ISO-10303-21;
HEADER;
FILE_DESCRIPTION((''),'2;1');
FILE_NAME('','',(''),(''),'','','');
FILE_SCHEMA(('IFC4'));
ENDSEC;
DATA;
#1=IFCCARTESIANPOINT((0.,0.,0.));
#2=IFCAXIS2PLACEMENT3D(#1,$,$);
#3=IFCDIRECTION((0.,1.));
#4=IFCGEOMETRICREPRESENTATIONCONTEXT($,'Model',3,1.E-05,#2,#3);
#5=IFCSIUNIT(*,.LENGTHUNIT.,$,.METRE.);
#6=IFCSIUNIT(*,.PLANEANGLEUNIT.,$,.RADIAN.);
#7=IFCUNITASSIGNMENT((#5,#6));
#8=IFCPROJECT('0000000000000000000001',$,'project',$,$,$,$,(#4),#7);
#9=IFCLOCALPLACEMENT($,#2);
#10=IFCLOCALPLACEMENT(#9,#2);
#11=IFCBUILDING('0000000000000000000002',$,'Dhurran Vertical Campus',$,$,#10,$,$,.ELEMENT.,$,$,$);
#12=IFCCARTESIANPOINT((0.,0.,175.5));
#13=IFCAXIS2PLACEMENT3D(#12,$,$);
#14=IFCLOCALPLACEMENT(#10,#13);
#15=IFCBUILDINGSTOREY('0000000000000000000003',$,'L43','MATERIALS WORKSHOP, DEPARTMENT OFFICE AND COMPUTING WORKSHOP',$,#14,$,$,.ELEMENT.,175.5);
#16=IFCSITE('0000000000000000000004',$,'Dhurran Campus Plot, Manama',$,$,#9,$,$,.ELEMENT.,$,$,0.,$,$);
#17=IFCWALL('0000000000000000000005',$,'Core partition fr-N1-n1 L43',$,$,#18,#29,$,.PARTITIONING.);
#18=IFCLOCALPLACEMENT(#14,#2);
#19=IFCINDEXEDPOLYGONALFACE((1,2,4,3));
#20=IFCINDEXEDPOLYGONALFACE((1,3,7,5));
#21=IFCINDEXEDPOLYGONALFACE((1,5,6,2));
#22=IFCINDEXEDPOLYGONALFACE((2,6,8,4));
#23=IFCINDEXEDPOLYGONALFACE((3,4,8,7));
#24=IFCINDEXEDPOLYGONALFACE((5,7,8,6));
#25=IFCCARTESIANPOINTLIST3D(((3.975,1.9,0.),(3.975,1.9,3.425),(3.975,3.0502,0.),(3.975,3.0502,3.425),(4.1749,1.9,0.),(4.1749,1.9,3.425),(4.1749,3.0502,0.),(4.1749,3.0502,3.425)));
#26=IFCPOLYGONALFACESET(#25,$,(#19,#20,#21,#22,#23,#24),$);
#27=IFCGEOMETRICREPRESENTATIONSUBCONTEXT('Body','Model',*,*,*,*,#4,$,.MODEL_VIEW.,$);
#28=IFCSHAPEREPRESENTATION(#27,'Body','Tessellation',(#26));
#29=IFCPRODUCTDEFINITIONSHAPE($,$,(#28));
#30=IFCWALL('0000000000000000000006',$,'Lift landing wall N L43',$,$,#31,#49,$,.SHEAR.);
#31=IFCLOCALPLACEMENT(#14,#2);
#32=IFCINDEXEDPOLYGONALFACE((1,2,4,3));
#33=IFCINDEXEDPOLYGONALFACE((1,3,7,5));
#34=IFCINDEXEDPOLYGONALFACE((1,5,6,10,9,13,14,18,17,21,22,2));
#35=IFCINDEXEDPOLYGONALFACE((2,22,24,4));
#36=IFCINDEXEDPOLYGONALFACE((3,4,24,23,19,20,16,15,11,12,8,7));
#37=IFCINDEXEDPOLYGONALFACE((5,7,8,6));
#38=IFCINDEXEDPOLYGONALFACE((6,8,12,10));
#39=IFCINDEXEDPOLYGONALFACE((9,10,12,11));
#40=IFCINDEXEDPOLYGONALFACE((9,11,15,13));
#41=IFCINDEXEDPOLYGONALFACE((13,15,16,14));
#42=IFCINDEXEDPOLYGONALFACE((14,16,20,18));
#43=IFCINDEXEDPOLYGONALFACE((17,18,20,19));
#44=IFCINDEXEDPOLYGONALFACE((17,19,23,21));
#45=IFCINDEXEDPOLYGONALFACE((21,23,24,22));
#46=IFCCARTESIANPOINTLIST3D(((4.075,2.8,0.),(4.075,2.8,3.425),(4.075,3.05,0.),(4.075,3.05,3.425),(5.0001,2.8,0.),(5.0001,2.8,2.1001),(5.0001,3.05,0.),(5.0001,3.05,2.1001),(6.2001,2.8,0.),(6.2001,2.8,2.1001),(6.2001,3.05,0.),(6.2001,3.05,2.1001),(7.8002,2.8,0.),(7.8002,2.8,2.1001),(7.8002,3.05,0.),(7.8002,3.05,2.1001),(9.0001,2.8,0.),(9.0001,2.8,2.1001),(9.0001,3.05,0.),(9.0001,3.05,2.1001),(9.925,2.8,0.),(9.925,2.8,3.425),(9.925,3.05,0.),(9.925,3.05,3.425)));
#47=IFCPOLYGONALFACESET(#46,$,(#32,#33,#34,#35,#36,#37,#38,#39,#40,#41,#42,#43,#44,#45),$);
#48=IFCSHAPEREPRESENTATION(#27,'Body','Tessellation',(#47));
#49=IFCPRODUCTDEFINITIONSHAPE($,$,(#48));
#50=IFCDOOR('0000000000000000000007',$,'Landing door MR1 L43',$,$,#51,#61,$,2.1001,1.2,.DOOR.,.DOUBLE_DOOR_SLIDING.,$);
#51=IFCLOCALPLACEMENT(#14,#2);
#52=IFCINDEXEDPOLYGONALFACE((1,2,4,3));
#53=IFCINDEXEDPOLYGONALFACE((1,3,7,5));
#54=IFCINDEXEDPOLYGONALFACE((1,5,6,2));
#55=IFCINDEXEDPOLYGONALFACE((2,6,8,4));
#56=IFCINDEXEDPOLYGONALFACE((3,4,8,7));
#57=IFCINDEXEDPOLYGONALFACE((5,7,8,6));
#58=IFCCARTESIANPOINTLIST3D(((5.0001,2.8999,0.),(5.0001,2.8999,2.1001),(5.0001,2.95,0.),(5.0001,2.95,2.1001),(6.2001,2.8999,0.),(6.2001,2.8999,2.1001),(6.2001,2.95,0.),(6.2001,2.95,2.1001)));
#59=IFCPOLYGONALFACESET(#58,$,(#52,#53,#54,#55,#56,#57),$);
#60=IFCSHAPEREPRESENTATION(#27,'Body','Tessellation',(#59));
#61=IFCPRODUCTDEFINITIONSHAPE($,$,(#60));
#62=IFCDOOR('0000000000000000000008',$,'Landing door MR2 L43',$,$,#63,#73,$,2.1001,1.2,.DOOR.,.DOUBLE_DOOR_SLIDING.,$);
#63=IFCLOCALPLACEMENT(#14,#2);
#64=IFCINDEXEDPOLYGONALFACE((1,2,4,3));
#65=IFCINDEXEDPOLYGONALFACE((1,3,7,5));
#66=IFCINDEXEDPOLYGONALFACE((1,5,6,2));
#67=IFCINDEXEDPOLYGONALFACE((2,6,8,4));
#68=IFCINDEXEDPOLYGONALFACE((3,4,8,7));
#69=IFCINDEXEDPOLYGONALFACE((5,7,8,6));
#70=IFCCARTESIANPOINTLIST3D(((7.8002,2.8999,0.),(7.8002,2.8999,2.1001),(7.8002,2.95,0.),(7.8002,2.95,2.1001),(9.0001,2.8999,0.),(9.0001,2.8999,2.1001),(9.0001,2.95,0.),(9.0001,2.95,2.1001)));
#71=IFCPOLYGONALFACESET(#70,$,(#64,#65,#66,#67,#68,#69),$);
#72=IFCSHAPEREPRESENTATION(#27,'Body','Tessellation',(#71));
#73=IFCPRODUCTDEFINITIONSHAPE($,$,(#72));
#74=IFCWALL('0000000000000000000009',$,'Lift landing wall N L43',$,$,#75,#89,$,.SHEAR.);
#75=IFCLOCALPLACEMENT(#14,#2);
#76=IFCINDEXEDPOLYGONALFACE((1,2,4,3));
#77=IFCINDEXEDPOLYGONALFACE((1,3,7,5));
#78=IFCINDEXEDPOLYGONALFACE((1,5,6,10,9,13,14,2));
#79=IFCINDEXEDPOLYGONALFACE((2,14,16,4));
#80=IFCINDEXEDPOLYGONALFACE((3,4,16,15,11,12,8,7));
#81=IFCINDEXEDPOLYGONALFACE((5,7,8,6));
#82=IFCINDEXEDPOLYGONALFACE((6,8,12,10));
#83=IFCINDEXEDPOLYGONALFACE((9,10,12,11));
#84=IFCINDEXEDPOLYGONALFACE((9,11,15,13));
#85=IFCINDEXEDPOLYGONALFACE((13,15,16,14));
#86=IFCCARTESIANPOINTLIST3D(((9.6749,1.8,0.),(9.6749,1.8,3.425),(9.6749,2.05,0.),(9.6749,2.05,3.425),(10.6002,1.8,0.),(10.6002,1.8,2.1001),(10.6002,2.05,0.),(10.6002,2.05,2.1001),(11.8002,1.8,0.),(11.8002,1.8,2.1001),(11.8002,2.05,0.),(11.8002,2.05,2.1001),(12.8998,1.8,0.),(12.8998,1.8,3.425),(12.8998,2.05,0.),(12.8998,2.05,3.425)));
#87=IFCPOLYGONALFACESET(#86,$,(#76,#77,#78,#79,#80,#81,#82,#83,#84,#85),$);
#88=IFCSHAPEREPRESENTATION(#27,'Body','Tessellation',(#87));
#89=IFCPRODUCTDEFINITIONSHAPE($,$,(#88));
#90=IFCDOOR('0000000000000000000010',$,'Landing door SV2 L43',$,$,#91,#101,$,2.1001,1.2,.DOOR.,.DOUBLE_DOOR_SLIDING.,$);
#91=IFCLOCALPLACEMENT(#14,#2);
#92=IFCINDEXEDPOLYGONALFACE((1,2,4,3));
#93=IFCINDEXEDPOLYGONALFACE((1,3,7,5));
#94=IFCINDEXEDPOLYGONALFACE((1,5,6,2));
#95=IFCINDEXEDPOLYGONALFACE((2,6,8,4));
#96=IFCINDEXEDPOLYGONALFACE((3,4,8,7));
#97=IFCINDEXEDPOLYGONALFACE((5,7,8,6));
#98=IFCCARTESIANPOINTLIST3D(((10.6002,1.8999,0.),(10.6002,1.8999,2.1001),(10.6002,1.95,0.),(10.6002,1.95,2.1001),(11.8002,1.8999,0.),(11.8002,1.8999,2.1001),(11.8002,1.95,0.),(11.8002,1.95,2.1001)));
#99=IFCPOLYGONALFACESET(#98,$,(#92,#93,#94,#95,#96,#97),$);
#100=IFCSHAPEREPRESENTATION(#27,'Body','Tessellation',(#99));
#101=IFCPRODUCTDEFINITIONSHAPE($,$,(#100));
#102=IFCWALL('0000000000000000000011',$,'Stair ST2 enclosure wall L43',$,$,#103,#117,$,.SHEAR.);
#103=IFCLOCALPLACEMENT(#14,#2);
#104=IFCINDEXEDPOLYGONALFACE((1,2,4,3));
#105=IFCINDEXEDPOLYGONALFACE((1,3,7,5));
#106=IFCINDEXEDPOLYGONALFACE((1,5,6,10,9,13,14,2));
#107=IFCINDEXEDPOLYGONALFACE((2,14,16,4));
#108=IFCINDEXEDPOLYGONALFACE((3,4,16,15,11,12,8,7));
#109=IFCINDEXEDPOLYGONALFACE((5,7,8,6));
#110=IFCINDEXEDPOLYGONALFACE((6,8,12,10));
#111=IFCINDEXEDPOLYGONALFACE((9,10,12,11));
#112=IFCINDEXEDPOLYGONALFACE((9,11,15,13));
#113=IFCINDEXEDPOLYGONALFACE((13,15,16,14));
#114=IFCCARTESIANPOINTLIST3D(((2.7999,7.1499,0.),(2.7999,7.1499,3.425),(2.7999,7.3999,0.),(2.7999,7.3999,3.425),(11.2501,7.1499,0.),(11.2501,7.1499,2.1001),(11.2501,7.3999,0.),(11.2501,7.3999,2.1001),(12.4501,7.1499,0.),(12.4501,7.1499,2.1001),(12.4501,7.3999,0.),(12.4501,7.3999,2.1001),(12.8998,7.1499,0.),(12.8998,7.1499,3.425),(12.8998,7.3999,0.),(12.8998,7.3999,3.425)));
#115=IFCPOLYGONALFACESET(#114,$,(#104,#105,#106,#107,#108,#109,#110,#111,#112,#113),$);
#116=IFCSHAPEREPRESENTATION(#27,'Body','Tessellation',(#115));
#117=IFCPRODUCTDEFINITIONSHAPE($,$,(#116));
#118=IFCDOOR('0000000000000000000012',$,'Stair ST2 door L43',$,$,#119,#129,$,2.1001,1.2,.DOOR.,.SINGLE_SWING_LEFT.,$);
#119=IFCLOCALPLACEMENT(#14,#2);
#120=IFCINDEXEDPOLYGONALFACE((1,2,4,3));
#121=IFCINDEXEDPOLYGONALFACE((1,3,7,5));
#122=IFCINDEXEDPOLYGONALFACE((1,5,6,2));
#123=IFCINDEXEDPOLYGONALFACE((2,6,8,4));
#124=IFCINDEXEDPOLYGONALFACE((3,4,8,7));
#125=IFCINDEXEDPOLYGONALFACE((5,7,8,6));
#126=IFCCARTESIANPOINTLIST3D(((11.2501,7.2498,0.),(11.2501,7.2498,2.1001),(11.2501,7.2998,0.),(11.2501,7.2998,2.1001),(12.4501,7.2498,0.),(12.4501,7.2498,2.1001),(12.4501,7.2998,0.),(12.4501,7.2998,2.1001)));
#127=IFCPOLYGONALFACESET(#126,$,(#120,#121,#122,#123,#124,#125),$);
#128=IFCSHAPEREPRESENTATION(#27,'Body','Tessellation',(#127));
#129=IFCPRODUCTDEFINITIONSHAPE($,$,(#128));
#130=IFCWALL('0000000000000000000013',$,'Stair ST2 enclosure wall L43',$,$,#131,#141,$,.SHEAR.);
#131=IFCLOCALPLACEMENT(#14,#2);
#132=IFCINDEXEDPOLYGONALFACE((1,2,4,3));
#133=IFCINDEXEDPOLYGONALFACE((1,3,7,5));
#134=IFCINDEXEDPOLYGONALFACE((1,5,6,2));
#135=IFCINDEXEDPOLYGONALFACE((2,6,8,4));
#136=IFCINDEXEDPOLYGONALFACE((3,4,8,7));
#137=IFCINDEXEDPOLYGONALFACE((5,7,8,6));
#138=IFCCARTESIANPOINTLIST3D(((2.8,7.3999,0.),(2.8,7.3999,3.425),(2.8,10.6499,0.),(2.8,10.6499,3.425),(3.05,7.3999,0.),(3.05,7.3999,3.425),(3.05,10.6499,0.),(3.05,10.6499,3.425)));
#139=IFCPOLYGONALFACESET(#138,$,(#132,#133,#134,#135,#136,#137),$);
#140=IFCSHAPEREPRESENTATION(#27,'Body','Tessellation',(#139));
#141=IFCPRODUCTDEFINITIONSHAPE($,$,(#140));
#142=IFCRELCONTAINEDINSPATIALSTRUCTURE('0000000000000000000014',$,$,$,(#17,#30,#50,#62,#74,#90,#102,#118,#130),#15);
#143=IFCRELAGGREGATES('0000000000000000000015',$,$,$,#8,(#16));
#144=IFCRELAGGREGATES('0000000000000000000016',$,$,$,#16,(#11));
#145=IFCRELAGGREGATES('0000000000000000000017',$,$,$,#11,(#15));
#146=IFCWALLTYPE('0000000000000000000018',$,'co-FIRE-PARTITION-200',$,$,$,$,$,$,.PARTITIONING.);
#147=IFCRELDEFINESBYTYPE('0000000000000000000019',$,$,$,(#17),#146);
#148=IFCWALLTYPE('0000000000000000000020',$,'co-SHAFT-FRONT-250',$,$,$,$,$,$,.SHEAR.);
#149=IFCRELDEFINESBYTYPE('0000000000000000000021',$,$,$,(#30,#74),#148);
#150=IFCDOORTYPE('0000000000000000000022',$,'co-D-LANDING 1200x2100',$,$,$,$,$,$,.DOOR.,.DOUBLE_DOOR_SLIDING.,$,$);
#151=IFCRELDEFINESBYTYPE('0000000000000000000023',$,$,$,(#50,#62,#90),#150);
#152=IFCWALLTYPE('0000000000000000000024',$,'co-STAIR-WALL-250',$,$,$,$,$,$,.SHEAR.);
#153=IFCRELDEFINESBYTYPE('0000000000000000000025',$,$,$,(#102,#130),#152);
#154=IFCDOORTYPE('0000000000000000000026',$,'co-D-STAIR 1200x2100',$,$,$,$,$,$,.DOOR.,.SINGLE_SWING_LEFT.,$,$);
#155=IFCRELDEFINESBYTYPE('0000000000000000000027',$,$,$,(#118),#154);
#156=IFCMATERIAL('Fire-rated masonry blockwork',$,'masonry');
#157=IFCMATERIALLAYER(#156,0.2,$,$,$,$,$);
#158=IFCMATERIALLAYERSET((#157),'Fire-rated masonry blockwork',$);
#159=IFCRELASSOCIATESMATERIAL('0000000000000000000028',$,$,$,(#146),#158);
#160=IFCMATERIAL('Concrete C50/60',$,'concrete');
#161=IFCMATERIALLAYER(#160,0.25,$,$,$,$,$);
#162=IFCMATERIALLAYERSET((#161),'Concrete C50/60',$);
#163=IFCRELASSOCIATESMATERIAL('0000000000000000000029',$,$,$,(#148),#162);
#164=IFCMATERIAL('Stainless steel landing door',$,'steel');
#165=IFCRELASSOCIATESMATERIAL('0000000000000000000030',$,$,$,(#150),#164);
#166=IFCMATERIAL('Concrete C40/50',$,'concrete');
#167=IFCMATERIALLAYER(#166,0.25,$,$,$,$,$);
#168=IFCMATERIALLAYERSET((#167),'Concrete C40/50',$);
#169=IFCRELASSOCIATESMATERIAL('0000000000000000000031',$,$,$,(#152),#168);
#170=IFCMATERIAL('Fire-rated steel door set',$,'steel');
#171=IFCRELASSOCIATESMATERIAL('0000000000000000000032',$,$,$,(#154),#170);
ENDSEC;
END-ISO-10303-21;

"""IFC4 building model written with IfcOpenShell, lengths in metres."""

from ifc_helpers import new_model, si_unit, direction, frame, frame_2d, origin, place, context, subcontext, project, spatial, rectangle, extrude, material, layer, layer_set, type_object, element, fill, save


model = new_model("IFC4")

# Units and contexts
model_context = context("Model", 3, precision=1e-05, world=origin(), true_north=direction((0.0, 1.0)))
body_context = subcontext(model_context, "Body", "Model", "MODEL_VIEW")
ifc_project = project(units=[si_unit("LENGTHUNIT", "METRE"), si_unit("PLANEANGLEUNIT", "RADIAN")], contexts=[model_context])

# Site, building, storey
site_placement = place(None, origin())
site = spatial("IfcSite", under=ifc_project, at=site_placement, Name="Dhurran Campus Plot, Manama", CompositionType="ELEMENT", RefElevation=0.0)
building_placement = place(site_placement, origin())
building = spatial("IfcBuilding", under=site, at=building_placement, Name="Dhurran Vertical Campus", CompositionType="ELEMENT")
storey_placement = place(building_placement, frame((0.0, 0.0, 175.5)))
storey = spatial("IfcBuildingStorey", under=building, at=storey_placement, Name="L43", Description="MATERIALS WORKSHOP, DEPARTMENT OFFICE AND COMPUTING WORKSHOP", CompositionType="ELEMENT", Elevation=175.5)

# Shared definitions
ifc_material_1 = material(Name="Fire-rated masonry blockwork", Category="masonry")
ifc_layer_1 = layer(ifc_material_1, 0.2)
ifc_layer_set_1 = layer_set([ifc_layer_1], Name="Fire-rated masonry blockwork")
wall_type_1 = type_object("IfcWallType", Name="co-FIRE-PARTITION-200", PredefinedType="PARTITIONING", material=ifc_layer_set_1)

# Wall
wall_1_placement = place(storey_placement, frame((4.075, 1.8999, 0.0), z_axis=(0.0, 0.0, 1.0), x_axis=(0.0, 1.0, 0.0)))
element("IfcWall", 1, at=wall_1_placement, inside=storey, type_object=wall_type_1, Name="Core partition fr-N1-n1 L43", PredefinedType="PARTITIONING", context=body_context, shape_type="SweptSolid", body=[
    extrude(rectangle(XDim=1.1501, YDim=0.2, at=frame_2d((0.5752, 0.0))), origin(), (0.0, 0.0, 1.0), 3.425),
])

# Wall, openings, doors
ifc_material_2 = material(Name="Concrete C50/60", Category="concrete")
ifc_layer_2 = layer(ifc_material_2, 0.25)
ifc_layer_set_2 = layer_set([ifc_layer_2], Name="Concrete C50/60")
wall_type_2 = type_object("IfcWallType", Name="co-SHAFT-FRONT-250", PredefinedType="SHEAR", material=ifc_layer_set_2)
wall_2_placement = place(storey_placement, frame((4.075, 2.925, 0.0), z_axis=(0.0, 0.0, 1.0), x_axis=(1.0, 0.0, 0.0)))
wall_2 = element("IfcWall", 2, at=wall_2_placement, inside=storey, type_object=wall_type_2, Name="Lift landing wall N L43", PredefinedType="SHEAR", context=body_context, shape_type="SweptSolid", body=[
    extrude(rectangle(XDim=5.8501, YDim=0.25, at=frame_2d((2.925, 0.0))), origin(), (0.0, 0.0, 1.0), 3.425),
])
opening_1_placement = place(wall_2_placement, frame((0.925, 0.0, 0.0)))
opening_1 = element("IfcOpeningElement", 3, at=opening_1_placement, cuts=wall_2, PredefinedType="OPENING", context=body_context, shape_type="SweptSolid", body=[
    extrude(rectangle(XDim=1.2, YDim=2.1001, at=frame_2d((0.6001, 1.05))), frame((0.0, 0.135, 0.0), z_axis=(0.0, -1.0, 0.0), x_axis=(1.0, 0.0, 0.0)), (0.0, 0.0, 1.0), 0.27),
])
opening_2_placement = place(wall_2_placement, frame((3.7251, 0.0, 0.0)))
opening_2 = element("IfcOpeningElement", 4, at=opening_2_placement, cuts=wall_2, PredefinedType="OPENING", context=body_context, shape_type="SweptSolid", body=[
    extrude(rectangle(XDim=1.2, YDim=2.1001, at=frame_2d((0.6001, 1.05))), frame((0.0, 0.135, 0.0), z_axis=(0.0, -1.0, 0.0), x_axis=(1.0, 0.0, 0.0)), (0.0, 0.0, 1.0), 0.27),
])
ifc_material_3 = material(Name="Stainless steel landing door", Category="steel")
door_type_1 = type_object("IfcDoorType", Name="co-D-LANDING 1200x2100", OperationType="DOUBLE_DOOR_SLIDING", PredefinedType="DOOR", material=ifc_material_3)
door_1_placement = place(opening_1_placement, origin())
door_1 = element("IfcDoor", 5, at=door_1_placement, inside=storey, type_object=door_type_1, Name="Landing door MR1 L43", OperationType="DOUBLE_DOOR_SLIDING", OverallHeight=2.1001, OverallWidth=1.2, PredefinedType="DOOR", context=body_context, shape_type="SweptSolid", body=[
    extrude(rectangle(XDim=1.2, YDim=2.1001, at=frame_2d((0.6001, 1.05))), frame((0.0, 0.0249, 0.0), z_axis=(0.0, -1.0, 0.0), x_axis=(1.0, 0.0, 0.0)), (0.0, 0.0, 1.0), 0.05),
])
fill(opening_1, door_1)
door_2_placement = place(opening_2_placement, origin())
door_2 = element("IfcDoor", 6, at=door_2_placement, inside=storey, type_object=door_type_1, Name="Landing door MR2 L43", OperationType="DOUBLE_DOOR_SLIDING", OverallHeight=2.1001, OverallWidth=1.2, PredefinedType="DOOR", context=body_context, shape_type="SweptSolid", body=[
    extrude(rectangle(XDim=1.2, YDim=2.1001, at=frame_2d((0.6001, 1.05))), frame((0.0, 0.0249, 0.0), z_axis=(0.0, -1.0, 0.0), x_axis=(1.0, 0.0, 0.0)), (0.0, 0.0, 1.0), 0.05),
])
fill(opening_2, door_2)

# Walls, openings, doors
wall_3_placement = place(storey_placement, frame((9.675, 1.925, 0.0), z_axis=(0.0, 0.0, 1.0), x_axis=(1.0, 0.0, 0.0)))
wall_3 = element("IfcWall", 7, at=wall_3_placement, inside=storey, type_object=wall_type_2, Name="Lift landing wall N L43", PredefinedType="SHEAR", context=body_context, shape_type="SweptSolid", body=[
    extrude(rectangle(XDim=3.2249, YDim=0.25, at=frame_2d((1.6123, 0.0))), origin(), (0.0, 0.0, 1.0), 3.425),
])
opening_3_placement = place(wall_3_placement, frame((0.925, 0.0, 0.0)))
opening_3 = element("IfcOpeningElement", 8, at=opening_3_placement, cuts=wall_3, PredefinedType="OPENING", context=body_context, shape_type="SweptSolid", body=[
    extrude(rectangle(XDim=1.2, YDim=2.1001, at=frame_2d((0.6001, 1.05))), frame((0.0, 0.135, 0.0), z_axis=(0.0, -1.0, 0.0), x_axis=(1.0, 0.0, 0.0)), (0.0, 0.0, 1.0), 0.27),
])
door_3_placement = place(opening_3_placement, origin())
door_3 = element("IfcDoor", 9, at=door_3_placement, inside=storey, type_object=door_type_1, Name="Landing door SV2 L43", OperationType="DOUBLE_DOOR_SLIDING", OverallHeight=2.1001, OverallWidth=1.2, PredefinedType="DOOR", context=body_context, shape_type="SweptSolid", body=[
    extrude(rectangle(XDim=1.2, YDim=2.1001, at=frame_2d((0.6001, 1.05))), frame((0.0, 0.0249, 0.0), z_axis=(0.0, -1.0, 0.0), x_axis=(1.0, 0.0, 0.0)), (0.0, 0.0, 1.0), 0.05),
])
fill(opening_3, door_3)
ifc_material_4 = material(Name="Concrete C40/50", Category="concrete")
ifc_layer_3 = layer(ifc_material_4, 0.25)
ifc_layer_set_3 = layer_set([ifc_layer_3], Name="Concrete C40/50")
wall_type_3 = type_object("IfcWallType", Name="co-STAIR-WALL-250", PredefinedType="SHEAR", material=ifc_layer_set_3)
wall_4_placement = place(storey_placement, frame((2.8, 7.2749, 0.0), z_axis=(0.0, 0.0, 1.0), x_axis=(1.0, 0.0, 0.0)))
wall_4 = element("IfcWall", 10, at=wall_4_placement, inside=storey, type_object=wall_type_3, Name="Stair ST2 enclosure wall L43", PredefinedType="SHEAR", context=body_context, shape_type="SweptSolid", body=[
    extrude(rectangle(XDim=10.0999, YDim=0.25, at=frame_2d((5.0498, 0.0))), origin(), (0.0, 0.0, 1.0), 3.425),
])
opening_4_placement = place(wall_4_placement, frame((8.45, 0.0, 0.0)))
opening_4 = element("IfcOpeningElement", 11, at=opening_4_placement, cuts=wall_4, PredefinedType="OPENING", context=body_context, shape_type="SweptSolid", body=[
    extrude(rectangle(XDim=1.2, YDim=2.1001, at=frame_2d((0.6001, 1.05))), frame((0.0, 0.135, 0.0), z_axis=(0.0, -1.0, 0.0), x_axis=(1.0, 0.0, 0.0)), (0.0, 0.0, 1.0), 0.27),
])
ifc_material_5 = material(Name="Fire-rated steel door set", Category="steel")
door_type_2 = type_object("IfcDoorType", Name="co-D-STAIR 1200x2100", OperationType="SINGLE_SWING_LEFT", PredefinedType="DOOR", material=ifc_material_5)
door_4_placement = place(opening_4_placement, origin())
door_4 = element("IfcDoor", 12, at=door_4_placement, inside=storey, type_object=door_type_2, Name="Stair ST2 door L43", OperationType="SINGLE_SWING_LEFT", OverallHeight=2.1001, OverallWidth=1.2, PredefinedType="DOOR", context=body_context, shape_type="SweptSolid", body=[
    extrude(rectangle(XDim=1.2, YDim=2.1001, at=frame_2d((0.6001, 1.05))), frame((0.0, 0.0249, 0.0), z_axis=(0.0, -1.0, 0.0), x_axis=(1.0, 0.0, 0.0)), (0.0, 0.0, 1.0), 0.05),
])
fill(opening_4, door_4)

# Wall
wall_5_placement = place(storey_placement, frame((2.925, 7.3999, 0.0), z_axis=(0.0, 0.0, 1.0), x_axis=(0.0, 1.0, 0.0)))
element("IfcWall", 13, at=wall_5_placement, inside=storey, type_object=wall_type_3, Name="Stair ST2 enclosure wall L43", PredefinedType="SHEAR", context=body_context, shape_type="SweptSolid", body=[
    extrude(rectangle(XDim=3.25, YDim=0.25, at=frame_2d((1.625, 0.0))), origin(), (0.0, 0.0, 1.0), 3.425),
])

save(model, "model.ifc")
